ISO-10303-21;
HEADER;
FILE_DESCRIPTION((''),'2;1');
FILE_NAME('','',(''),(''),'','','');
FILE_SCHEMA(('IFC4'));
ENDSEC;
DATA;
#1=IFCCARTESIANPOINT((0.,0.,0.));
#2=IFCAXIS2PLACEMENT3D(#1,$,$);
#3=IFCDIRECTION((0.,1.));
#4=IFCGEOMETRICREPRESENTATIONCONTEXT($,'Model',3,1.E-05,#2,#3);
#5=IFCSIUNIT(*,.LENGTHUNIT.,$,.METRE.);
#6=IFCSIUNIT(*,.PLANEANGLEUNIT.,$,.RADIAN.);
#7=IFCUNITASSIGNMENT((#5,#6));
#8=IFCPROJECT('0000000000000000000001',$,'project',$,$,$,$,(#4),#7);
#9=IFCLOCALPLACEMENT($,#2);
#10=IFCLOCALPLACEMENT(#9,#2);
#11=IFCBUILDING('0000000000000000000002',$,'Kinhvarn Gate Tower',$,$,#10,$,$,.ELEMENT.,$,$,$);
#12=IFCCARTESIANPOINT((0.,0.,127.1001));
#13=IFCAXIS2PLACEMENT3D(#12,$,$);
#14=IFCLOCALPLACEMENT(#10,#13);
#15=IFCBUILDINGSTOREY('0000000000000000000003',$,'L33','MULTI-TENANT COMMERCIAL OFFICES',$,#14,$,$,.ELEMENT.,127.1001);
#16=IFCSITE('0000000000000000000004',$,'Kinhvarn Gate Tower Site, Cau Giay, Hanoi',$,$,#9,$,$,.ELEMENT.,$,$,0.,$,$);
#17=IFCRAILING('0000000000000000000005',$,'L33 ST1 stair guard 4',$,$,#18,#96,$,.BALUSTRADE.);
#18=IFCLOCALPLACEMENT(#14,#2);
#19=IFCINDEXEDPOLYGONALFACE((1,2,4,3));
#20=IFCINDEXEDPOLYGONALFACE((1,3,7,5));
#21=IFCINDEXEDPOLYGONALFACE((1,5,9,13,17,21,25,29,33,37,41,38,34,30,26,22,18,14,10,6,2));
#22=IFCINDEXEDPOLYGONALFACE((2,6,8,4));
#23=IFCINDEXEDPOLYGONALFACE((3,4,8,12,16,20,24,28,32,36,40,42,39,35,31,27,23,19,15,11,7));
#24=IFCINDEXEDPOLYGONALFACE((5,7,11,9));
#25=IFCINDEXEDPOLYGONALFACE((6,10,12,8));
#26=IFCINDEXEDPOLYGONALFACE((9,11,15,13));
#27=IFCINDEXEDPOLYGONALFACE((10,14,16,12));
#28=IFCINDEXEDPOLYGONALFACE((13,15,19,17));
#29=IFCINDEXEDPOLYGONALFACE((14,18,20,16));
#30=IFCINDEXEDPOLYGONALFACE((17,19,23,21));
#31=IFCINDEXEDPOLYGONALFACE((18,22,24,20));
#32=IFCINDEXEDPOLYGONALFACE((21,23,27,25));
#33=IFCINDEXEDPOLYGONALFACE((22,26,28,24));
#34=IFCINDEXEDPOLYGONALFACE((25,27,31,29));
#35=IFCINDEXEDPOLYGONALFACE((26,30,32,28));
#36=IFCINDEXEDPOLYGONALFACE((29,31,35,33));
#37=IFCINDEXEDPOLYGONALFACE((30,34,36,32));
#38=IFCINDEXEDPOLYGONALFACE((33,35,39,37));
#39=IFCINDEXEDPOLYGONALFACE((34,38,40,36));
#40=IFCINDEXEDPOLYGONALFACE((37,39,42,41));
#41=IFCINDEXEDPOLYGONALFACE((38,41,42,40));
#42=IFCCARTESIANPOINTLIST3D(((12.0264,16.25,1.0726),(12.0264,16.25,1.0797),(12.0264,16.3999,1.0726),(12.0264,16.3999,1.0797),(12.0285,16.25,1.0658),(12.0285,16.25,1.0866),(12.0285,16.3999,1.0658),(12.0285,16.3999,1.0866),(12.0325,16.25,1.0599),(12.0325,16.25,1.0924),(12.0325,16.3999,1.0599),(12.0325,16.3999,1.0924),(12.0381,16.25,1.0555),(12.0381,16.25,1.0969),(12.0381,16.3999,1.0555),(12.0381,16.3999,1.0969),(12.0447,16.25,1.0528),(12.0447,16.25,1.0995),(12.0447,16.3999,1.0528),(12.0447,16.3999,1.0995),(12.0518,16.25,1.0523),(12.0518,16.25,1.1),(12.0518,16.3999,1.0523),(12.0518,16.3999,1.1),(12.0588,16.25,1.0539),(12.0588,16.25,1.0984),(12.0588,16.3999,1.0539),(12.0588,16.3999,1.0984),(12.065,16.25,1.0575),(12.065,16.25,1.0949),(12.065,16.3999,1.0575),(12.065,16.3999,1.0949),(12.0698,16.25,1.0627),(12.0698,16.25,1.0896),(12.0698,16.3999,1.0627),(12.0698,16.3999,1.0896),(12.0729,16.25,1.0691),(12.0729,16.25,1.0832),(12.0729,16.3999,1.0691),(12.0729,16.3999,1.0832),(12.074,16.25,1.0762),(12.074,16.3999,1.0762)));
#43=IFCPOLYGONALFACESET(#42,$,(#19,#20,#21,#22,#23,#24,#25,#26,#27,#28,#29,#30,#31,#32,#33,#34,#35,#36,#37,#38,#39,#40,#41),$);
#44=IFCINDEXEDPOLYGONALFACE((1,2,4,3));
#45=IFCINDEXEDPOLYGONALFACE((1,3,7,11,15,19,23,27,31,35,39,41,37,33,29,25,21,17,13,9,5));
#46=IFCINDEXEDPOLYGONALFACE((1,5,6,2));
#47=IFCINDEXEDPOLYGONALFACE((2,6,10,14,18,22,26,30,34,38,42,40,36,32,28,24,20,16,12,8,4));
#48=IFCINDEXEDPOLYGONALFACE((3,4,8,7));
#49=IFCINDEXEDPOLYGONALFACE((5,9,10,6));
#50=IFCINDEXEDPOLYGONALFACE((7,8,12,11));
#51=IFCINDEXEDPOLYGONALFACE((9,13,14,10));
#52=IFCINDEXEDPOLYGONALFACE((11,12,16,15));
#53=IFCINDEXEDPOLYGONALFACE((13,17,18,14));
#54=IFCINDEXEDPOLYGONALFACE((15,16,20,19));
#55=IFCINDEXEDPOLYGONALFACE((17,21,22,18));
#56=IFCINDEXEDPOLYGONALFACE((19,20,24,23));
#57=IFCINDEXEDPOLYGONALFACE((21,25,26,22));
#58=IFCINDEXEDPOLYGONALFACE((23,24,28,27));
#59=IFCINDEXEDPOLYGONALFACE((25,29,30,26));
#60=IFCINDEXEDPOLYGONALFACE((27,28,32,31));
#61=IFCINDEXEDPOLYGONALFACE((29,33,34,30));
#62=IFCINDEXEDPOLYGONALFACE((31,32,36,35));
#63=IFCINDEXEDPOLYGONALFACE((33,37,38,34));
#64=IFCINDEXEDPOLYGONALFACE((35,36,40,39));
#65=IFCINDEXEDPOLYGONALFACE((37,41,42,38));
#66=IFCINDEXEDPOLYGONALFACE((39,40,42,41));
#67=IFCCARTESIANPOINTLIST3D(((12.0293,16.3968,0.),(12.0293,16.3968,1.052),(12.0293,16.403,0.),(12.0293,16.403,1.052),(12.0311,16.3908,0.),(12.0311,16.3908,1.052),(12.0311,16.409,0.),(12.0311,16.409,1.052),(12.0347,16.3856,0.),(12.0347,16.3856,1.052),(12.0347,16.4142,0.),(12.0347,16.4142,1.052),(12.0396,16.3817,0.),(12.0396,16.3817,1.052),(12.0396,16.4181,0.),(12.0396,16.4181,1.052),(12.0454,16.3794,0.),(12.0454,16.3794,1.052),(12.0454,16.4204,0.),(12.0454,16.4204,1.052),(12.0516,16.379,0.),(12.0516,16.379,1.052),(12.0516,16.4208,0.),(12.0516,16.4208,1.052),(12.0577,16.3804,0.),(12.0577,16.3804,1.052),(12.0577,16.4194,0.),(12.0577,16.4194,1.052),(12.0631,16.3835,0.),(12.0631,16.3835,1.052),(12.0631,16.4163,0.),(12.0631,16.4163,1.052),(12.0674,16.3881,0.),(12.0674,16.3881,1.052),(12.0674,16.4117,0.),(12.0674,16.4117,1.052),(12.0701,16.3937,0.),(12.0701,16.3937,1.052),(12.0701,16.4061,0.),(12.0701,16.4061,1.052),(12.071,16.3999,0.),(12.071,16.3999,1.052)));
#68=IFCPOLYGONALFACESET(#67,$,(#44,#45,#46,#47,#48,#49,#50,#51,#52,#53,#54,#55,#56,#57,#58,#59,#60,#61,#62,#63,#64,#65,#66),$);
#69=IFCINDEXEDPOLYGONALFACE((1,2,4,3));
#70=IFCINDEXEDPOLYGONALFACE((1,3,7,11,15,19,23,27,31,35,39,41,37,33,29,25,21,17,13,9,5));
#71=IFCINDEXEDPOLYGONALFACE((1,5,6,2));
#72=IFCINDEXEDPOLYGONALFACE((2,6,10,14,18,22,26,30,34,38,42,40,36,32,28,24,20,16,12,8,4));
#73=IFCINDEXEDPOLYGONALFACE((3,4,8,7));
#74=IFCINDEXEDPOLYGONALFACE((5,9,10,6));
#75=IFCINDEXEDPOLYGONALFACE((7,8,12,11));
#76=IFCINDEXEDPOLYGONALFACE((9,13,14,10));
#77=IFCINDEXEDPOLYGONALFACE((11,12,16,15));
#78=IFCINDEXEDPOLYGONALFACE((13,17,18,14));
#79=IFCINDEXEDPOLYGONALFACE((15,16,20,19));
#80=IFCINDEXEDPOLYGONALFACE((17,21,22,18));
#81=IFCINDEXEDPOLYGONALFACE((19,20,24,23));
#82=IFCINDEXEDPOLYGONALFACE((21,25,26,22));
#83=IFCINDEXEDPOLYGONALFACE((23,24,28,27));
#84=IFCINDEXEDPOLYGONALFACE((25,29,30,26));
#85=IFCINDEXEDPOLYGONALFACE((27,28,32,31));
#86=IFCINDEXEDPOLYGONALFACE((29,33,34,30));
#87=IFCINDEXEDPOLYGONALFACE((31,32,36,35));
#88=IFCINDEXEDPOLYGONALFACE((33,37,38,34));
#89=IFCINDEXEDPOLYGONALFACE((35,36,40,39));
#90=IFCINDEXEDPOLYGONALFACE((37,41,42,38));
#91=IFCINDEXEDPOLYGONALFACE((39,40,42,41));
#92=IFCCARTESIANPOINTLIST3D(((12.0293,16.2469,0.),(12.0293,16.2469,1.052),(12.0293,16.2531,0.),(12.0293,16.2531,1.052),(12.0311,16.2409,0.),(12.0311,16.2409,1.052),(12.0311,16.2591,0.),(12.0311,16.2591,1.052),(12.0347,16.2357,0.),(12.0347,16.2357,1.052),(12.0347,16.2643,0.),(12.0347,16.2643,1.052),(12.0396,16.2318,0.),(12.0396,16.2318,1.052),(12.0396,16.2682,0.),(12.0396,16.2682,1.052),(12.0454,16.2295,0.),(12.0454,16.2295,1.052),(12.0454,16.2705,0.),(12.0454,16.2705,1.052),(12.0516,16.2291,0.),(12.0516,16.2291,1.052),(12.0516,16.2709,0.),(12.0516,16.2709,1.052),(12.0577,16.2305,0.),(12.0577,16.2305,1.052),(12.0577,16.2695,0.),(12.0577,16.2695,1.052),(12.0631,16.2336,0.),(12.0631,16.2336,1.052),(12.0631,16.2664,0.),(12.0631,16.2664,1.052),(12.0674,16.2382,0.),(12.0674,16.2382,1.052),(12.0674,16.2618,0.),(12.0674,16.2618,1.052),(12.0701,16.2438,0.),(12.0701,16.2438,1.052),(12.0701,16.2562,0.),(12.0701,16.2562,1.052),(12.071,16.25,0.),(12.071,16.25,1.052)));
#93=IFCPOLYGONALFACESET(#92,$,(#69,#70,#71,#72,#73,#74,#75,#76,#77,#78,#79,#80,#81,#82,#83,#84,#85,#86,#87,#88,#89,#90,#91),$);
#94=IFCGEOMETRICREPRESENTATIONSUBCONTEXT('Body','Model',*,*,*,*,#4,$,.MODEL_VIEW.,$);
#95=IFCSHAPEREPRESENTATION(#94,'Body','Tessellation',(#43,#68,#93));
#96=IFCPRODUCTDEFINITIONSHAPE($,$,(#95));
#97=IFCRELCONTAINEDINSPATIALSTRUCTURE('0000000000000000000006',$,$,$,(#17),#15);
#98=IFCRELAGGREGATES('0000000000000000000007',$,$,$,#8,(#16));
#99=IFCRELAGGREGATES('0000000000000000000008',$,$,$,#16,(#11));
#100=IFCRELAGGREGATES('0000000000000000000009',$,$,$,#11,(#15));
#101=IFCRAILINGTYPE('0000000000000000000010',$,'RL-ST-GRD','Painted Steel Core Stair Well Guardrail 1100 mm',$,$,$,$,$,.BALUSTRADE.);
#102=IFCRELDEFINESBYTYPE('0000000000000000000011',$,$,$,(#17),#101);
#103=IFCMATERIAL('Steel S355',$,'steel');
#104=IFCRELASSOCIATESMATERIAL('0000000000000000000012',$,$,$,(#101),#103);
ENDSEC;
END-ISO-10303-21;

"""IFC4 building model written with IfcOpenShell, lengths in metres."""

from ifc_helpers import new_model, si_unit, direction, frame, origin, origin_2d, place, context, subcontext, project, spatial, circle, extrude, material, type_object, element, save


model = new_model("IFC4")

# Units and contexts
model_context = context("Model", 3, precision=1e-05, world=origin(), true_north=direction((0.0, 1.0)))
body_context = subcontext(model_context, "Body", "Model", "MODEL_VIEW")
ifc_project = project(units=[si_unit("LENGTHUNIT", "METRE"), si_unit("PLANEANGLEUNIT", "RADIAN")], contexts=[model_context])

# Site, building, storey
site_placement = place(None, origin())
site = spatial("IfcSite", under=ifc_project, at=site_placement, Name="Kinhvarn Gate Tower Site, Cau Giay, Hanoi", CompositionType="ELEMENT", RefElevation=0.0)
building_placement = place(site_placement, origin())
building = spatial("IfcBuilding", under=site, at=building_placement, Name="Kinhvarn Gate Tower", CompositionType="ELEMENT")
storey_placement = place(building_placement, frame((0.0, 0.0, 127.1001)))
storey = spatial("IfcBuildingStorey", under=building, at=storey_placement, Name="L33", Description="MULTI-TENANT COMMERCIAL OFFICES", CompositionType="ELEMENT", Elevation=127.1001)

# Shared definitions
ifc_material_1 = material(Name="Steel S355", Category="steel")

# Railing
railing_type_1 = type_object("IfcRailingType", Name="RL-ST-GRD", Description="Painted Steel Core Stair Well Guardrail 1100 mm", PredefinedType="BALUSTRADE", material=ifc_material_1)
railing_1_placement = place(storey_placement, frame((12.05, 16.3999, 0.0)))
element("IfcRailing", 1, at=railing_1_placement, inside=storey, type_object=railing_type_1, Name="L33 ST1 stair guard 4", PredefinedType="BALUSTRADE", context=body_context, shape_type="SweptSolid", body=[
    extrude(circle(Radius=0.0239, at=origin_2d()), frame((0.0, 0.0, 1.0762), z_axis=(0.0, -1.0, 0.0), x_axis=(1.0, 0.0, 0.0)), (0.0, 0.0, 1.0), 0.1499),
    extrude(circle(Radius=0.021, at=origin_2d()), origin(), (0.0, 0.0, 1.0), 1.052),
    extrude(circle(Radius=0.021, at=origin_2d()), frame((0.0, -0.1499, 0.0)), (0.0, 0.0, 1.0), 1.052),
])

save(model, "model.ifc")
